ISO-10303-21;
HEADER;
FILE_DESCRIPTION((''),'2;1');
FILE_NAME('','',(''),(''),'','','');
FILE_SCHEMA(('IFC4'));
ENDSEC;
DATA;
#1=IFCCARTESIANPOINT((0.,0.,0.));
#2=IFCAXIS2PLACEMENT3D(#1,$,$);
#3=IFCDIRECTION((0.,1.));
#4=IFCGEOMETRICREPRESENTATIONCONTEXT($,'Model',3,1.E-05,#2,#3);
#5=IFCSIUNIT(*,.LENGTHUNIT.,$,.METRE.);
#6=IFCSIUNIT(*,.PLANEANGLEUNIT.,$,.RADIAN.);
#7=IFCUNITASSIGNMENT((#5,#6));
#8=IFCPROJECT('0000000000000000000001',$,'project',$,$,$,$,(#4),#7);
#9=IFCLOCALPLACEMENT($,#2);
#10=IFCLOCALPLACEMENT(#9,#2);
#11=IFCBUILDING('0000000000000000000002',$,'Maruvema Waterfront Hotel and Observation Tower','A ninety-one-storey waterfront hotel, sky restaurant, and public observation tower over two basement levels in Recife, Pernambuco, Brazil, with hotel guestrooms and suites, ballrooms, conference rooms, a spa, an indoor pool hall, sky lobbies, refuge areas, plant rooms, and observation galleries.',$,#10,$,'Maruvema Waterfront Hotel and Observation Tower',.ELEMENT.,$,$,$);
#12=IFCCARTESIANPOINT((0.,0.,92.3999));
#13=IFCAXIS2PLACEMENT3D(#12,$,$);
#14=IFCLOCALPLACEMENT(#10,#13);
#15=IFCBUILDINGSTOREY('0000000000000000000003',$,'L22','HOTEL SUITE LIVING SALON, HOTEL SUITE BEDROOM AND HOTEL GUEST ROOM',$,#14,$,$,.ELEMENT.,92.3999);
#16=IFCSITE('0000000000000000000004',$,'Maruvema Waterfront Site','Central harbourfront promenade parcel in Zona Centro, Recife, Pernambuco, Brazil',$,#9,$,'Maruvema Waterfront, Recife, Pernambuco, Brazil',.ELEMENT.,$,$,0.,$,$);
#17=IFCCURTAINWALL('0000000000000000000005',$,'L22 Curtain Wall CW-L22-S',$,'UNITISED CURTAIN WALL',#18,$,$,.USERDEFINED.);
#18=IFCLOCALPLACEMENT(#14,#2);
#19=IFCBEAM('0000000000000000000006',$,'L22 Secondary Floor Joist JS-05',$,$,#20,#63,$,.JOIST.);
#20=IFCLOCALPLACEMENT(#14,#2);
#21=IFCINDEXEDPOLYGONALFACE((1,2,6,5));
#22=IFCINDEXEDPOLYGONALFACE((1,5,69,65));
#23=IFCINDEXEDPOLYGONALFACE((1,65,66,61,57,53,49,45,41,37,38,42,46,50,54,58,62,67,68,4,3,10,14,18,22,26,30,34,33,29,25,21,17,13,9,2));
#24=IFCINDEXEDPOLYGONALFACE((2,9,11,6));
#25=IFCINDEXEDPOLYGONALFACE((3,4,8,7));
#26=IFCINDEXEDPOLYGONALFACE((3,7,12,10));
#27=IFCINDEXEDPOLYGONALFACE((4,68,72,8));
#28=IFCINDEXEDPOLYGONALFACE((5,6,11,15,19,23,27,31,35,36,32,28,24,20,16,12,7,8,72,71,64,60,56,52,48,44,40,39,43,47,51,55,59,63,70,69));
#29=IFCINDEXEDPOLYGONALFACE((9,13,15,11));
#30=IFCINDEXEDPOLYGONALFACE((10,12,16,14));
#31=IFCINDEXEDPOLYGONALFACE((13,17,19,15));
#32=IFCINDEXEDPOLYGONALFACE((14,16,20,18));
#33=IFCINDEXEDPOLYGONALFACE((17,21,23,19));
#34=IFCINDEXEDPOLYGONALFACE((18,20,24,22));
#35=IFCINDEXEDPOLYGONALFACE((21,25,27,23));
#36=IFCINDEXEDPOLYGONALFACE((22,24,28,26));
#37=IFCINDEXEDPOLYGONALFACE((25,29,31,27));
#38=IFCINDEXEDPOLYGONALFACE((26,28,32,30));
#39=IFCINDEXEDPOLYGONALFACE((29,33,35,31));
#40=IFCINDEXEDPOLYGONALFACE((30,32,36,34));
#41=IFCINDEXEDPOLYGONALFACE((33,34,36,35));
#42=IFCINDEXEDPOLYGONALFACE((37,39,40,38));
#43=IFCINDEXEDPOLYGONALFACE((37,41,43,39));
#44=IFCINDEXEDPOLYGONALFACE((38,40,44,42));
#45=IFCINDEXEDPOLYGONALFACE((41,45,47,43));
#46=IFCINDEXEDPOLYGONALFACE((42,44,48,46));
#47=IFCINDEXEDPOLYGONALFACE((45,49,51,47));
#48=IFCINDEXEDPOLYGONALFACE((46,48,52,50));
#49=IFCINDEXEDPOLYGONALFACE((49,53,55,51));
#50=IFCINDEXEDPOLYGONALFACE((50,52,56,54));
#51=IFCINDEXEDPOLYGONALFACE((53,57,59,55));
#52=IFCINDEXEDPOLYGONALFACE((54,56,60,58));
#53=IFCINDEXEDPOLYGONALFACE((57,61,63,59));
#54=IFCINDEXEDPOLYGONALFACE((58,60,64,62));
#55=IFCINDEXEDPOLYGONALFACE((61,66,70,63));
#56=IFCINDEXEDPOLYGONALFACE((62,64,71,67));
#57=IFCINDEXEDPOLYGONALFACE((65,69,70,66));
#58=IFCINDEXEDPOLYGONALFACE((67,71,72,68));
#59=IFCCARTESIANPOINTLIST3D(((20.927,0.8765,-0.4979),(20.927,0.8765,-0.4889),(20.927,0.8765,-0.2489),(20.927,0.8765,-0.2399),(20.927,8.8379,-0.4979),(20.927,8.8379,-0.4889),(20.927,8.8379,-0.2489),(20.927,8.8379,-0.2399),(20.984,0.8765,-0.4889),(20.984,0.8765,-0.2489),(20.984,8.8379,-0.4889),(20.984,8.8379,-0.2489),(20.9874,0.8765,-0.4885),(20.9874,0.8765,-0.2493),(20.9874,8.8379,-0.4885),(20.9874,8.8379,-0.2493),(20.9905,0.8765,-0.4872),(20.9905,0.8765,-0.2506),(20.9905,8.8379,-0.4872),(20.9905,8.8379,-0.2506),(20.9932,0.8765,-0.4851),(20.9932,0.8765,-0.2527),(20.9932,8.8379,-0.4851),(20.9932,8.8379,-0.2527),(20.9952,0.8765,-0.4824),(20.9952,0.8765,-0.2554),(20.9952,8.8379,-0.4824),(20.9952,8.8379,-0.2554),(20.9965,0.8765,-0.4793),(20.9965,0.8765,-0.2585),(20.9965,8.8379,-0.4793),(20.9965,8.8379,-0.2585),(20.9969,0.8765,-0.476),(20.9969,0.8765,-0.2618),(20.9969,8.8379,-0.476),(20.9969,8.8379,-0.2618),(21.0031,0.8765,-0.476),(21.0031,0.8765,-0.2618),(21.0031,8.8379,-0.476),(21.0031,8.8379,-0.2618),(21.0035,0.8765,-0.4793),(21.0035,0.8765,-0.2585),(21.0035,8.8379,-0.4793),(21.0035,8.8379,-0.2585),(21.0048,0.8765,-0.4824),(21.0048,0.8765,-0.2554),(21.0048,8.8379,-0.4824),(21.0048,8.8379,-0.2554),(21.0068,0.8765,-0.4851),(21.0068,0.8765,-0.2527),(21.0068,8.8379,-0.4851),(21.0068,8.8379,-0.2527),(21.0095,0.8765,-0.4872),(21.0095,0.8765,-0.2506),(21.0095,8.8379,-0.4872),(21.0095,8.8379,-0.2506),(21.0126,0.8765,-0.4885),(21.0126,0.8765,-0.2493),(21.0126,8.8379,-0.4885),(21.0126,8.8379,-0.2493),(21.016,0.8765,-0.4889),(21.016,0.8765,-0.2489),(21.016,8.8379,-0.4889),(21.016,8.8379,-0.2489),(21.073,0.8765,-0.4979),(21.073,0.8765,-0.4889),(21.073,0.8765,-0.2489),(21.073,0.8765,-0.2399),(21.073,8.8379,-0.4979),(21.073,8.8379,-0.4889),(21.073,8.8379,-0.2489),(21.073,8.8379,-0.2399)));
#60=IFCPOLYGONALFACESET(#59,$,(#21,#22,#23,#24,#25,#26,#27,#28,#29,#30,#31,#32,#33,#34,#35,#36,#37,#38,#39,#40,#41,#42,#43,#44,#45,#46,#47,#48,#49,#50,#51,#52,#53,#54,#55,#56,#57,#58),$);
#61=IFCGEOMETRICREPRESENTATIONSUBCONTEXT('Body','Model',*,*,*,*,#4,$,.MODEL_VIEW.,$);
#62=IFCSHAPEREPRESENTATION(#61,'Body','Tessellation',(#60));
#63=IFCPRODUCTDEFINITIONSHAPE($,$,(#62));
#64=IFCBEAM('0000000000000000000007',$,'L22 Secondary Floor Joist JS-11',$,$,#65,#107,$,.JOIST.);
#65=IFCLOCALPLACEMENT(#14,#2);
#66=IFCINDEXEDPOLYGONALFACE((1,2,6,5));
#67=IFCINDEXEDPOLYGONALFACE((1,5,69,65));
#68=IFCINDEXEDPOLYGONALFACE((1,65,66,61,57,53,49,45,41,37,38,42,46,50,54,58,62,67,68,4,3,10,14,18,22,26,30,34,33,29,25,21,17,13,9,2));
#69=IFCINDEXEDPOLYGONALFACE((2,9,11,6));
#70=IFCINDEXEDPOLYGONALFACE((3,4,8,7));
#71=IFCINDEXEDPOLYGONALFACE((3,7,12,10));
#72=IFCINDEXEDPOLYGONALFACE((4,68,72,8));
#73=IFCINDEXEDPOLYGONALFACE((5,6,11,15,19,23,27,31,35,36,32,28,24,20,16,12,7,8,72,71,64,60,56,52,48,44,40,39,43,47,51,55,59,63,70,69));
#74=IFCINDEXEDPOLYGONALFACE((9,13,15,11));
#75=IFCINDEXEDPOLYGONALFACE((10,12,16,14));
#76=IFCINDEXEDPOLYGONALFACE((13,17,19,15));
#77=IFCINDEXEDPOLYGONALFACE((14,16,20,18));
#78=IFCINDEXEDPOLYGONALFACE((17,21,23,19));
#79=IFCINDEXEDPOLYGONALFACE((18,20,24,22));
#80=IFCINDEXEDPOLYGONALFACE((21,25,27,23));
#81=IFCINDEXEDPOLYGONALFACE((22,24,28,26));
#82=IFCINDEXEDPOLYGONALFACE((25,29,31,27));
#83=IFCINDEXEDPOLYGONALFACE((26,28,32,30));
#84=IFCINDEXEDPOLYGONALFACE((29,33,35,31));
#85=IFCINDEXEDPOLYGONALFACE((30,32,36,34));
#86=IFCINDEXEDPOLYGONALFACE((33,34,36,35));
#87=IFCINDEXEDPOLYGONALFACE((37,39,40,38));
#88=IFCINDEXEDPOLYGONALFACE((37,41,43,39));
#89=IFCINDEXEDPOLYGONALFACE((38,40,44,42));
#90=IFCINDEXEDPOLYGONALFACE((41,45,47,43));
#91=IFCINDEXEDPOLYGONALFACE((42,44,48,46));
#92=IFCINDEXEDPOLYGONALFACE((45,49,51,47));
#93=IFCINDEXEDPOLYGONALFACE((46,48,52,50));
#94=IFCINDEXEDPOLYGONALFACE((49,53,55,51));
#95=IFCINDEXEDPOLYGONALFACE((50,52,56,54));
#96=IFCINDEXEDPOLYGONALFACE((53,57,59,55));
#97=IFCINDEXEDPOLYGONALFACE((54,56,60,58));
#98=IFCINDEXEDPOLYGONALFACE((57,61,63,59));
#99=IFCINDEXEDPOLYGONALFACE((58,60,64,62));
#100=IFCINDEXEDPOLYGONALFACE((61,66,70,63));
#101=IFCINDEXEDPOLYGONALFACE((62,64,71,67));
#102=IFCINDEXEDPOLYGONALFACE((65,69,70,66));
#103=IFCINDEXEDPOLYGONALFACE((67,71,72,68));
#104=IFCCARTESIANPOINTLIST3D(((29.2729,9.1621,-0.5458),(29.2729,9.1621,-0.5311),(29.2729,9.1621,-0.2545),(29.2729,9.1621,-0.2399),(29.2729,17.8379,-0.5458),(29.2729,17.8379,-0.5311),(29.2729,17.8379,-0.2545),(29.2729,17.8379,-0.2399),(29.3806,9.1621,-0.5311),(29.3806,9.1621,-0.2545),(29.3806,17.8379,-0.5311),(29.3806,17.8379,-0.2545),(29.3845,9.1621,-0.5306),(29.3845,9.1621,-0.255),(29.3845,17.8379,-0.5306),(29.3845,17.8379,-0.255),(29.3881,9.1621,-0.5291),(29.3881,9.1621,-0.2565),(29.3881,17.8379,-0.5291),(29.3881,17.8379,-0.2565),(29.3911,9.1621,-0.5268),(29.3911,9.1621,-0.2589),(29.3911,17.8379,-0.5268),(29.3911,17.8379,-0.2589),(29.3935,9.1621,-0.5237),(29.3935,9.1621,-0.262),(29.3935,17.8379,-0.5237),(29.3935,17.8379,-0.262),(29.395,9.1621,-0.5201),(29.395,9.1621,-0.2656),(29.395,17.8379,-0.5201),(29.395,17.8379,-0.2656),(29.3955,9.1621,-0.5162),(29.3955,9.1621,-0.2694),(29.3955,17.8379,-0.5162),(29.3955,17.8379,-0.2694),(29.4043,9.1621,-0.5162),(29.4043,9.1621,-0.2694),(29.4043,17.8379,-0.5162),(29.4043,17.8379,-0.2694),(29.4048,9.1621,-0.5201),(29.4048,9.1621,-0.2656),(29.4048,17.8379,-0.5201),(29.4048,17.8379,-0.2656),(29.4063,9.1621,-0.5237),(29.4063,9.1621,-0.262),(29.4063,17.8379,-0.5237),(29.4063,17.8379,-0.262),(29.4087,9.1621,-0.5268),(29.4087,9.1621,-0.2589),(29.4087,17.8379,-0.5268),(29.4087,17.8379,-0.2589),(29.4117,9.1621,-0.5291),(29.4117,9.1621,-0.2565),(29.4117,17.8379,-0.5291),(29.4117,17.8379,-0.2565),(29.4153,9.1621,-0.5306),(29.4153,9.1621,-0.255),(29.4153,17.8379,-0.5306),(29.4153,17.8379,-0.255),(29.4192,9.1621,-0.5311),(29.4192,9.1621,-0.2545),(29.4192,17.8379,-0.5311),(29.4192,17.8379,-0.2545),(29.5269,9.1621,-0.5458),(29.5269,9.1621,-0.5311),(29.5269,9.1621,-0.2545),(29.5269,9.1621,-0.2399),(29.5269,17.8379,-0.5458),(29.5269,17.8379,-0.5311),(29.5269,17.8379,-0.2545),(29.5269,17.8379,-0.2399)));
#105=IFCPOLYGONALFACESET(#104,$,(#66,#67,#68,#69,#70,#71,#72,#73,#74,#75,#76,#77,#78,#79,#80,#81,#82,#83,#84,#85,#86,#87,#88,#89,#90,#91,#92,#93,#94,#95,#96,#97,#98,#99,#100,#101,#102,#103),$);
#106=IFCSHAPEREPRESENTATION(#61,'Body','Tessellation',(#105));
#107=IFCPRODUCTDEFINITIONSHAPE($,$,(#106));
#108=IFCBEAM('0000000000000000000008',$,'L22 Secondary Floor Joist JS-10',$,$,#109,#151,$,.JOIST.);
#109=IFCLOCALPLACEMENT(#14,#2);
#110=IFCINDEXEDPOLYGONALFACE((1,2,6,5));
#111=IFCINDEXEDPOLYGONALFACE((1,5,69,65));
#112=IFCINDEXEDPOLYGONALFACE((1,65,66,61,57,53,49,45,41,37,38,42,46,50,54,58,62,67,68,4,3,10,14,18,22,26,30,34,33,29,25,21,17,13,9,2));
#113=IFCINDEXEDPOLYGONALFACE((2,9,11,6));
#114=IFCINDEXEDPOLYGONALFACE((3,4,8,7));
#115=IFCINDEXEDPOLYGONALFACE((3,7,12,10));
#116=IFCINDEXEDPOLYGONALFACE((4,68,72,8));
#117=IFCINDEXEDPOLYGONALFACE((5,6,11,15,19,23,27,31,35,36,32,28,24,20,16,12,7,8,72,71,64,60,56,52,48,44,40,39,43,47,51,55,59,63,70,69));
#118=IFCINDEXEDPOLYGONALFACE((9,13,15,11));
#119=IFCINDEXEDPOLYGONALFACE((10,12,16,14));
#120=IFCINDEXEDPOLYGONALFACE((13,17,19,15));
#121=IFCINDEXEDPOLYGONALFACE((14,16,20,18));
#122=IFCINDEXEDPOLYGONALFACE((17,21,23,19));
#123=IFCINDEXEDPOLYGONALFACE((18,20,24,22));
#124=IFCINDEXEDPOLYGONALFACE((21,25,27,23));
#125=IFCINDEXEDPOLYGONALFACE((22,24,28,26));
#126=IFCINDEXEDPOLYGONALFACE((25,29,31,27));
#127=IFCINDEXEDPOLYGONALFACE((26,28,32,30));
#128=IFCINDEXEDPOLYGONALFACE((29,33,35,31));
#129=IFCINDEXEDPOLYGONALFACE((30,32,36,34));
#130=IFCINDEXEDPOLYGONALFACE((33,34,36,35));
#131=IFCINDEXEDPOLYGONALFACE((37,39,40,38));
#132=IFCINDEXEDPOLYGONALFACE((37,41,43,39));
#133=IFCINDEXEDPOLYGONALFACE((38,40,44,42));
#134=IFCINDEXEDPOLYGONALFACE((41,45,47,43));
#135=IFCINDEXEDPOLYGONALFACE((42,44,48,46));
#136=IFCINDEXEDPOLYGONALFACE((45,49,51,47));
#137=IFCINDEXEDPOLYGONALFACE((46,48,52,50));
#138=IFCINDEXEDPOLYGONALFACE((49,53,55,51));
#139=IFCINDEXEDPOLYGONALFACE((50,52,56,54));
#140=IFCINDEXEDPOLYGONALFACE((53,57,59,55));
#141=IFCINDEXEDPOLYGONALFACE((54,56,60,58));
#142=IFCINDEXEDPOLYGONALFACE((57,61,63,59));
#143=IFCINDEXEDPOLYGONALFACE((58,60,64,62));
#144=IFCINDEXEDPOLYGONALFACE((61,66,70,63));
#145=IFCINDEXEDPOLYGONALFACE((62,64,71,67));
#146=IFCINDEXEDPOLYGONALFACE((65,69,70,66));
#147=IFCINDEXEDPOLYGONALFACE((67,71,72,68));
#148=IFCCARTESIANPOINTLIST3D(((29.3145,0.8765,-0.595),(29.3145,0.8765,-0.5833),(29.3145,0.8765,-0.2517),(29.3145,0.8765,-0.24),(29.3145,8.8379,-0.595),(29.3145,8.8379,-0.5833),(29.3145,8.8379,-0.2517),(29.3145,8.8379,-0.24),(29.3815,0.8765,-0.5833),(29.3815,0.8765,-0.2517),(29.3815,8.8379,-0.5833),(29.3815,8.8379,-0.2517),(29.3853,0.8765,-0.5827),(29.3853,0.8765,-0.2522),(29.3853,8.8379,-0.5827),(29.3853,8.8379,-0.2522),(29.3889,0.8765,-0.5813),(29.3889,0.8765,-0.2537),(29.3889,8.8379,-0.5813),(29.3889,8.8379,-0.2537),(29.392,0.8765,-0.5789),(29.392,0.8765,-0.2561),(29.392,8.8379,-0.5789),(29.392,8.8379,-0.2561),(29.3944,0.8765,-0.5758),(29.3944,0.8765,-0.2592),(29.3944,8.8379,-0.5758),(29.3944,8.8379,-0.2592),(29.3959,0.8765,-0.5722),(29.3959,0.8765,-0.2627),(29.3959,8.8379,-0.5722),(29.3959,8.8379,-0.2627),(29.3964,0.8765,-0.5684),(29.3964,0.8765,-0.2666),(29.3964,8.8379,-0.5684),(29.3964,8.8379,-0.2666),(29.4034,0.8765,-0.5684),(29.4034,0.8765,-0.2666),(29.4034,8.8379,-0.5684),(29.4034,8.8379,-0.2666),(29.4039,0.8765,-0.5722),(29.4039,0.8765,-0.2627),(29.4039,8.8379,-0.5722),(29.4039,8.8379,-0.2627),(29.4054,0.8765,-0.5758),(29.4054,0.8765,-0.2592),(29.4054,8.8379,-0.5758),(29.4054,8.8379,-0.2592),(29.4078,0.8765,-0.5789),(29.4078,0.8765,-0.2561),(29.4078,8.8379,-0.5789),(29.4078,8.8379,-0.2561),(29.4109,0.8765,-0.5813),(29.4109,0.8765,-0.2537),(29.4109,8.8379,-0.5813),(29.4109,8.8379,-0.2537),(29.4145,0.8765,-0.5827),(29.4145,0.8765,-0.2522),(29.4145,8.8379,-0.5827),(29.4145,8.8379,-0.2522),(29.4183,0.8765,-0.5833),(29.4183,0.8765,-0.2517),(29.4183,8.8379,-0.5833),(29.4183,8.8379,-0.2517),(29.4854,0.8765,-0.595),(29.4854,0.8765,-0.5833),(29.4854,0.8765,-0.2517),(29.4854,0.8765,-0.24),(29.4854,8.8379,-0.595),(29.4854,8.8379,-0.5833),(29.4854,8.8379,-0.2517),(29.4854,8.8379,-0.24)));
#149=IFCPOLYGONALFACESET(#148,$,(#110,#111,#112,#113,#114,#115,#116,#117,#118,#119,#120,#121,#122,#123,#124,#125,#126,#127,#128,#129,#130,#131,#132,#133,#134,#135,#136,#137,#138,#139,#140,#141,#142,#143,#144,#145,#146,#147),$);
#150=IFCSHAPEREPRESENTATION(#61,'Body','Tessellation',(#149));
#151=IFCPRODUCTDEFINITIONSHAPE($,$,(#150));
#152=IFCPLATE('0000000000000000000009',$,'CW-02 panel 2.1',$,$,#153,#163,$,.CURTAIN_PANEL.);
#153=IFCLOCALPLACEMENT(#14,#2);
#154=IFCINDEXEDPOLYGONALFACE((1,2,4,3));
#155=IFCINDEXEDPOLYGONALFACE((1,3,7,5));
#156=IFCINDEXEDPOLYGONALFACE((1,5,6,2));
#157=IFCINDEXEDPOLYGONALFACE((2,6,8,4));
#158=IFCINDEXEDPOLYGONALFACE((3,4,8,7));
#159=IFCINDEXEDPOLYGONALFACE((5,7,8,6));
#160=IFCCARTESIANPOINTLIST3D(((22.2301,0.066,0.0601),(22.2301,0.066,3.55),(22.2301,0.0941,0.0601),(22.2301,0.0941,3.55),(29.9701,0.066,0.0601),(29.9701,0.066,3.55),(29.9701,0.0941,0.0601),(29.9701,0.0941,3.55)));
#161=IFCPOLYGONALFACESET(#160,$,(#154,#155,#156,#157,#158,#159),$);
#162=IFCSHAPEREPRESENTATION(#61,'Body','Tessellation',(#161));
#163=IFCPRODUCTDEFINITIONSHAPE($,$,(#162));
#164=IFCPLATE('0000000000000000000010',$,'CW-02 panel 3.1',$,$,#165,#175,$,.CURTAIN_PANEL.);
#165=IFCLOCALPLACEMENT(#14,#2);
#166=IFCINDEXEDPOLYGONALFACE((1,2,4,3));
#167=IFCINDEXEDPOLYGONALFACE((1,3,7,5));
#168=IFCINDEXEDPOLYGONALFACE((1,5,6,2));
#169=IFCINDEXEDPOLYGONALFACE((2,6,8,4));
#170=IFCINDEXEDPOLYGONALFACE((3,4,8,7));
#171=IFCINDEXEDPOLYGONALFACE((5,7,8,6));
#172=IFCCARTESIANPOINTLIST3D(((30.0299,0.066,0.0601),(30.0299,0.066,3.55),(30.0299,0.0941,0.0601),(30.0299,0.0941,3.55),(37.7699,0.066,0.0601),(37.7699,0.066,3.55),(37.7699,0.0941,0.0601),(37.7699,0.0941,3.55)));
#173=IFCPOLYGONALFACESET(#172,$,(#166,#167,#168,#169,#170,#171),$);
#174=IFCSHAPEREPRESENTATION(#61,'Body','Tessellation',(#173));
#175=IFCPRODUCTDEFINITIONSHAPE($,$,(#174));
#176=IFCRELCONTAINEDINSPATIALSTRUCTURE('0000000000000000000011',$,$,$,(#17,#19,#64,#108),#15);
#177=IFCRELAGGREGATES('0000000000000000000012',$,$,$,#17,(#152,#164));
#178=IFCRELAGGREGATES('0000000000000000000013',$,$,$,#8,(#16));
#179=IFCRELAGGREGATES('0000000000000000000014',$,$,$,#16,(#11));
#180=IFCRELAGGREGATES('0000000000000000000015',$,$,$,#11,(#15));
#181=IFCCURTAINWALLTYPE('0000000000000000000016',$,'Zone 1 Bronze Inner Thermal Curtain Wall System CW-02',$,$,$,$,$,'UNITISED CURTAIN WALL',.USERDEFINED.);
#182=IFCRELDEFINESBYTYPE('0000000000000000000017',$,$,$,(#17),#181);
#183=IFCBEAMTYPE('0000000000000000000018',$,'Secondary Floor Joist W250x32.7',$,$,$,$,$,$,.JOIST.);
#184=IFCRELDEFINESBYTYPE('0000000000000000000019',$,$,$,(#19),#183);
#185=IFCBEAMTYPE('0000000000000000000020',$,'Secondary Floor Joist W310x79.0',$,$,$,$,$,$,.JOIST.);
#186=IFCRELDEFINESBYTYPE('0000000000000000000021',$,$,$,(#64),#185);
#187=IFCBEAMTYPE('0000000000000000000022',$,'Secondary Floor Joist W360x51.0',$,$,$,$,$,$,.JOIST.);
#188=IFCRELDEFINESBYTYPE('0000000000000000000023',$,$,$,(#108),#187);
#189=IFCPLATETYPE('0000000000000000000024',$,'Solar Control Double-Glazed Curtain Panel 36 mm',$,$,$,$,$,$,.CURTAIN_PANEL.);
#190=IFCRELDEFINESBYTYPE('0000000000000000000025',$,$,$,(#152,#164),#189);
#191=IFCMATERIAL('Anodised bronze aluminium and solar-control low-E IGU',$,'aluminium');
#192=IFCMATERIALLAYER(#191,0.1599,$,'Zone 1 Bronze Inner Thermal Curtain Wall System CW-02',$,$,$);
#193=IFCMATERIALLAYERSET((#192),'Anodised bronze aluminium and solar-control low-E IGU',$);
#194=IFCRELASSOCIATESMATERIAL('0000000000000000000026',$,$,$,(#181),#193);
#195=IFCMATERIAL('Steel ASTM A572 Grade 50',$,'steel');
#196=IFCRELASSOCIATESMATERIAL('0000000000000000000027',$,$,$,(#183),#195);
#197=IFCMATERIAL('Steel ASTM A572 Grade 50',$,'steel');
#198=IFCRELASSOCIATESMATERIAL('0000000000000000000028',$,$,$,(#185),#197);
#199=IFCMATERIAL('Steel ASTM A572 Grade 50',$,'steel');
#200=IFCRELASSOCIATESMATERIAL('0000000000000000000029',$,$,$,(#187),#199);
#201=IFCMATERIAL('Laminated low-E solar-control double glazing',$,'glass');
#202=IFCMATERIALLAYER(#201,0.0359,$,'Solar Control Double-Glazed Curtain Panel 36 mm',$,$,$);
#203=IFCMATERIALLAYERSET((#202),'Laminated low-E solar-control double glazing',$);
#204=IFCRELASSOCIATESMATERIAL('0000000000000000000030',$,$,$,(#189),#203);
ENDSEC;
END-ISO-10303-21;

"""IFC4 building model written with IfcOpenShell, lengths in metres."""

from ifc_helpers import new_model, si_unit, direction, frame, origin, origin_2d, place, context, subcontext, project, spatial, rectangle, i_section, extrude, material, layer, layer_set, material_profile, profile_set, type_object, element, aggregate, save


model = new_model("IFC4")

# Units and contexts
model_context = context("Model", 3, precision=1e-05, world=origin(), true_north=direction((0.0, 1.0)))
body_context = subcontext(model_context, "Body", "Model", "MODEL_VIEW")
ifc_project = project(units=[si_unit("LENGTHUNIT", "METRE"), si_unit("PLANEANGLEUNIT", "RADIAN")], contexts=[model_context])

# Site, building, storey
site_placement = place(None, origin())
site = spatial("IfcSite", under=ifc_project, at=site_placement, Name="Maruvema Waterfront Site", Description="Central harbourfront promenade parcel in Zona Centro, Recife, Pernambuco, Brazil", LongName="Maruvema Waterfront, Recife, Pernambuco, Brazil", CompositionType="ELEMENT", RefElevation=0.0)
building_placement = place(site_placement, origin())
building = spatial("IfcBuilding", under=site, at=building_placement, Name="Maruvema Waterfront Hotel and Observation Tower", Description="A ninety-one-storey waterfront hotel, sky restaurant, and public observation tower over two basement levels in Recife, Pernambuco, Brazil, with hotel guestrooms and suites, ballrooms, conference rooms, a spa, an indoor pool hall, sky lobbies, refuge areas, plant rooms, and observation galleries.", LongName="Maruvema Waterfront Hotel and Observation Tower", CompositionType="ELEMENT")
storey_placement = place(building_placement, frame((0.0, 0.0, 92.3999)))
storey = spatial("IfcBuildingStorey", under=building, at=storey_placement, Name="L22", Description="HOTEL SUITE LIVING SALON, HOTEL SUITE BEDROOM AND HOTEL GUEST ROOM", CompositionType="ELEMENT", Elevation=92.3999)

# Curtain wall
ifc_material_1 = material(Name="Anodised bronze aluminium and solar-control low-E IGU", Category="aluminium")
ifc_layer_1 = layer(ifc_material_1, 0.1599, Name="Zone 1 Bronze Inner Thermal Curtain Wall System CW-02")
ifc_layer_set_1 = layer_set([ifc_layer_1], Name="Anodised bronze aluminium and solar-control low-E IGU")
curtain_wall_type = type_object("IfcCurtainWallType", Name="Zone 1 Bronze Inner Thermal Curtain Wall System CW-02", ElementType="UNITISED CURTAIN WALL", PredefinedType="USERDEFINED", material=ifc_layer_set_1)
curtain_wall_placement = place(storey_placement, origin())
curtain_wall = element("IfcCurtainWall", 1, at=curtain_wall_placement, inside=storey, type_object=curtain_wall_type, Name="L22 Curtain Wall CW-L22-S", ObjectType="UNITISED CURTAIN WALL", PredefinedType="USERDEFINED")

# Beams
ifc_material_2 = material(Name="Steel ASTM A572 Grade 50", Category="steel")
ifc_material_profile_1 = material_profile(ifc_material_2, i_section(OverallWidth=0.146, OverallDepth=0.2581, WebThickness=0.0061, FlangeThickness=0.009, FilletRadius=0.0129, at=origin_2d()), Name="W250x32.7")
ifc_profile_set_1 = profile_set([ifc_material_profile_1], Name="Steel ASTM A572 Grade 50")
beam_type_1 = type_object("IfcBeamType", Name="Secondary Floor Joist W250x32.7", PredefinedType="JOIST", material=ifc_profile_set_1)
beam_1_placement = place(storey_placement, frame((21.0, 0.8765, -0.3689), z_axis=(0.0, 1.0, 0.0), x_axis=(-1.0, 0.0, 0.0)))
element("IfcBeam", 2, at=beam_1_placement, inside=storey, type_object=beam_type_1, Name="L22 Secondary Floor Joist JS-05", PredefinedType="JOIST", context=body_context, shape_type="SweptSolid", body=[
    extrude(i_section(OverallWidth=0.146, OverallDepth=0.2581, WebThickness=0.0061, FlangeThickness=0.009, FilletRadius=0.0129, at=origin_2d()), origin(), (0.0, 0.0, 1.0), 7.9614),
])
ifc_material_3 = material(Name="Steel ASTM A572 Grade 50", Category="steel")
ifc_material_profile_2 = material_profile(ifc_material_3, i_section(OverallWidth=0.2539, OverallDepth=0.3059, WebThickness=0.0088, FlangeThickness=0.0146, FilletRadius=0.0149, at=origin_2d()), Name="W310x79.0")
ifc_profile_set_2 = profile_set([ifc_material_profile_2], Name="Steel ASTM A572 Grade 50")
beam_type_2 = type_object("IfcBeamType", Name="Secondary Floor Joist W310x79.0", PredefinedType="JOIST", material=ifc_profile_set_2)
beam_2_placement = place(storey_placement, frame((29.3999, 9.1621, -0.3928), z_axis=(0.0, 1.0, 0.0), x_axis=(-1.0, 0.0, 0.0)))
element("IfcBeam", 3, at=beam_2_placement, inside=storey, type_object=beam_type_2, Name="L22 Secondary Floor Joist JS-11", PredefinedType="JOIST", context=body_context, shape_type="SweptSolid", body=[
    extrude(i_section(OverallWidth=0.2539, OverallDepth=0.3059, WebThickness=0.0088, FlangeThickness=0.0146, FilletRadius=0.0149, at=origin_2d()), origin(), (0.0, 0.0, 1.0), 8.6758),
])
ifc_material_4 = material(Name="Steel ASTM A572 Grade 50", Category="steel")
ifc_material_profile_3 = material_profile(ifc_material_4, i_section(OverallWidth=0.1709, OverallDepth=0.355, WebThickness=0.0071, FlangeThickness=0.0117, FilletRadius=0.0149, at=origin_2d()), Name="W360x51.0")
ifc_profile_set_3 = profile_set([ifc_material_profile_3], Name="Steel ASTM A572 Grade 50")
beam_type_3 = type_object("IfcBeamType", Name="Secondary Floor Joist W360x51.0", PredefinedType="JOIST", material=ifc_profile_set_3)
beam_3_placement = place(storey_placement, frame((29.3999, 0.8765, -0.4175), z_axis=(0.0, 1.0, 0.0), x_axis=(-1.0, 0.0, 0.0)))
element("IfcBeam", 4, at=beam_3_placement, inside=storey, type_object=beam_type_3, Name="L22 Secondary Floor Joist JS-10", PredefinedType="JOIST", context=body_context, shape_type="SweptSolid", body=[
    extrude(i_section(OverallWidth=0.1709, OverallDepth=0.355, WebThickness=0.0071, FlangeThickness=0.0117, FilletRadius=0.0149, at=origin_2d()), origin(), (0.0, 0.0, 1.0), 7.9614),
])

# Plates
ifc_material_5 = material(Name="Laminated low-E solar-control double glazing", Category="glass")
ifc_layer_2 = layer(ifc_material_5, 0.0359, Name="Solar Control Double-Glazed Curtain Panel 36 mm")
ifc_layer_set_2 = layer_set([ifc_layer_2], Name="Laminated low-E solar-control double glazing")
plate_type = type_object("IfcPlateType", Name="Solar Control Double-Glazed Curtain Panel 36 mm", PredefinedType="CURTAIN_PANEL", material=ifc_layer_set_2)
plate_1_placement = place(storey_placement, frame((26.1001, 0.0801, 0.0601), z_axis=(0.0, 0.0, 1.0), x_axis=(1.0, 0.0, 0.0)))
plate_1 = element("IfcPlate", 5, at=plate_1_placement, type_object=plate_type, Name="CW-02 panel 2.1", PredefinedType="CURTAIN_PANEL", context=body_context, shape_type="SweptSolid", body=[
    extrude(rectangle(XDim=7.74, YDim=0.0281, at=origin_2d()), origin(), (0.0, 0.0, 1.0), 3.49),
])
plate_2_placement = place(storey_placement, frame((33.8999, 0.0801, 0.0601), z_axis=(0.0, 0.0, 1.0), x_axis=(1.0, 0.0, 0.0)))
plate_2 = element("IfcPlate", 6, at=plate_2_placement, type_object=plate_type, Name="CW-02 panel 3.1", PredefinedType="CURTAIN_PANEL", context=body_context, shape_type="SweptSolid", body=[
    extrude(rectangle(XDim=7.74, YDim=0.0281, at=origin_2d()), origin(), (0.0, 0.0, 1.0), 3.49),
])
aggregate(curtain_wall, [plate_1, plate_2])

save(model, "model.ifc")
